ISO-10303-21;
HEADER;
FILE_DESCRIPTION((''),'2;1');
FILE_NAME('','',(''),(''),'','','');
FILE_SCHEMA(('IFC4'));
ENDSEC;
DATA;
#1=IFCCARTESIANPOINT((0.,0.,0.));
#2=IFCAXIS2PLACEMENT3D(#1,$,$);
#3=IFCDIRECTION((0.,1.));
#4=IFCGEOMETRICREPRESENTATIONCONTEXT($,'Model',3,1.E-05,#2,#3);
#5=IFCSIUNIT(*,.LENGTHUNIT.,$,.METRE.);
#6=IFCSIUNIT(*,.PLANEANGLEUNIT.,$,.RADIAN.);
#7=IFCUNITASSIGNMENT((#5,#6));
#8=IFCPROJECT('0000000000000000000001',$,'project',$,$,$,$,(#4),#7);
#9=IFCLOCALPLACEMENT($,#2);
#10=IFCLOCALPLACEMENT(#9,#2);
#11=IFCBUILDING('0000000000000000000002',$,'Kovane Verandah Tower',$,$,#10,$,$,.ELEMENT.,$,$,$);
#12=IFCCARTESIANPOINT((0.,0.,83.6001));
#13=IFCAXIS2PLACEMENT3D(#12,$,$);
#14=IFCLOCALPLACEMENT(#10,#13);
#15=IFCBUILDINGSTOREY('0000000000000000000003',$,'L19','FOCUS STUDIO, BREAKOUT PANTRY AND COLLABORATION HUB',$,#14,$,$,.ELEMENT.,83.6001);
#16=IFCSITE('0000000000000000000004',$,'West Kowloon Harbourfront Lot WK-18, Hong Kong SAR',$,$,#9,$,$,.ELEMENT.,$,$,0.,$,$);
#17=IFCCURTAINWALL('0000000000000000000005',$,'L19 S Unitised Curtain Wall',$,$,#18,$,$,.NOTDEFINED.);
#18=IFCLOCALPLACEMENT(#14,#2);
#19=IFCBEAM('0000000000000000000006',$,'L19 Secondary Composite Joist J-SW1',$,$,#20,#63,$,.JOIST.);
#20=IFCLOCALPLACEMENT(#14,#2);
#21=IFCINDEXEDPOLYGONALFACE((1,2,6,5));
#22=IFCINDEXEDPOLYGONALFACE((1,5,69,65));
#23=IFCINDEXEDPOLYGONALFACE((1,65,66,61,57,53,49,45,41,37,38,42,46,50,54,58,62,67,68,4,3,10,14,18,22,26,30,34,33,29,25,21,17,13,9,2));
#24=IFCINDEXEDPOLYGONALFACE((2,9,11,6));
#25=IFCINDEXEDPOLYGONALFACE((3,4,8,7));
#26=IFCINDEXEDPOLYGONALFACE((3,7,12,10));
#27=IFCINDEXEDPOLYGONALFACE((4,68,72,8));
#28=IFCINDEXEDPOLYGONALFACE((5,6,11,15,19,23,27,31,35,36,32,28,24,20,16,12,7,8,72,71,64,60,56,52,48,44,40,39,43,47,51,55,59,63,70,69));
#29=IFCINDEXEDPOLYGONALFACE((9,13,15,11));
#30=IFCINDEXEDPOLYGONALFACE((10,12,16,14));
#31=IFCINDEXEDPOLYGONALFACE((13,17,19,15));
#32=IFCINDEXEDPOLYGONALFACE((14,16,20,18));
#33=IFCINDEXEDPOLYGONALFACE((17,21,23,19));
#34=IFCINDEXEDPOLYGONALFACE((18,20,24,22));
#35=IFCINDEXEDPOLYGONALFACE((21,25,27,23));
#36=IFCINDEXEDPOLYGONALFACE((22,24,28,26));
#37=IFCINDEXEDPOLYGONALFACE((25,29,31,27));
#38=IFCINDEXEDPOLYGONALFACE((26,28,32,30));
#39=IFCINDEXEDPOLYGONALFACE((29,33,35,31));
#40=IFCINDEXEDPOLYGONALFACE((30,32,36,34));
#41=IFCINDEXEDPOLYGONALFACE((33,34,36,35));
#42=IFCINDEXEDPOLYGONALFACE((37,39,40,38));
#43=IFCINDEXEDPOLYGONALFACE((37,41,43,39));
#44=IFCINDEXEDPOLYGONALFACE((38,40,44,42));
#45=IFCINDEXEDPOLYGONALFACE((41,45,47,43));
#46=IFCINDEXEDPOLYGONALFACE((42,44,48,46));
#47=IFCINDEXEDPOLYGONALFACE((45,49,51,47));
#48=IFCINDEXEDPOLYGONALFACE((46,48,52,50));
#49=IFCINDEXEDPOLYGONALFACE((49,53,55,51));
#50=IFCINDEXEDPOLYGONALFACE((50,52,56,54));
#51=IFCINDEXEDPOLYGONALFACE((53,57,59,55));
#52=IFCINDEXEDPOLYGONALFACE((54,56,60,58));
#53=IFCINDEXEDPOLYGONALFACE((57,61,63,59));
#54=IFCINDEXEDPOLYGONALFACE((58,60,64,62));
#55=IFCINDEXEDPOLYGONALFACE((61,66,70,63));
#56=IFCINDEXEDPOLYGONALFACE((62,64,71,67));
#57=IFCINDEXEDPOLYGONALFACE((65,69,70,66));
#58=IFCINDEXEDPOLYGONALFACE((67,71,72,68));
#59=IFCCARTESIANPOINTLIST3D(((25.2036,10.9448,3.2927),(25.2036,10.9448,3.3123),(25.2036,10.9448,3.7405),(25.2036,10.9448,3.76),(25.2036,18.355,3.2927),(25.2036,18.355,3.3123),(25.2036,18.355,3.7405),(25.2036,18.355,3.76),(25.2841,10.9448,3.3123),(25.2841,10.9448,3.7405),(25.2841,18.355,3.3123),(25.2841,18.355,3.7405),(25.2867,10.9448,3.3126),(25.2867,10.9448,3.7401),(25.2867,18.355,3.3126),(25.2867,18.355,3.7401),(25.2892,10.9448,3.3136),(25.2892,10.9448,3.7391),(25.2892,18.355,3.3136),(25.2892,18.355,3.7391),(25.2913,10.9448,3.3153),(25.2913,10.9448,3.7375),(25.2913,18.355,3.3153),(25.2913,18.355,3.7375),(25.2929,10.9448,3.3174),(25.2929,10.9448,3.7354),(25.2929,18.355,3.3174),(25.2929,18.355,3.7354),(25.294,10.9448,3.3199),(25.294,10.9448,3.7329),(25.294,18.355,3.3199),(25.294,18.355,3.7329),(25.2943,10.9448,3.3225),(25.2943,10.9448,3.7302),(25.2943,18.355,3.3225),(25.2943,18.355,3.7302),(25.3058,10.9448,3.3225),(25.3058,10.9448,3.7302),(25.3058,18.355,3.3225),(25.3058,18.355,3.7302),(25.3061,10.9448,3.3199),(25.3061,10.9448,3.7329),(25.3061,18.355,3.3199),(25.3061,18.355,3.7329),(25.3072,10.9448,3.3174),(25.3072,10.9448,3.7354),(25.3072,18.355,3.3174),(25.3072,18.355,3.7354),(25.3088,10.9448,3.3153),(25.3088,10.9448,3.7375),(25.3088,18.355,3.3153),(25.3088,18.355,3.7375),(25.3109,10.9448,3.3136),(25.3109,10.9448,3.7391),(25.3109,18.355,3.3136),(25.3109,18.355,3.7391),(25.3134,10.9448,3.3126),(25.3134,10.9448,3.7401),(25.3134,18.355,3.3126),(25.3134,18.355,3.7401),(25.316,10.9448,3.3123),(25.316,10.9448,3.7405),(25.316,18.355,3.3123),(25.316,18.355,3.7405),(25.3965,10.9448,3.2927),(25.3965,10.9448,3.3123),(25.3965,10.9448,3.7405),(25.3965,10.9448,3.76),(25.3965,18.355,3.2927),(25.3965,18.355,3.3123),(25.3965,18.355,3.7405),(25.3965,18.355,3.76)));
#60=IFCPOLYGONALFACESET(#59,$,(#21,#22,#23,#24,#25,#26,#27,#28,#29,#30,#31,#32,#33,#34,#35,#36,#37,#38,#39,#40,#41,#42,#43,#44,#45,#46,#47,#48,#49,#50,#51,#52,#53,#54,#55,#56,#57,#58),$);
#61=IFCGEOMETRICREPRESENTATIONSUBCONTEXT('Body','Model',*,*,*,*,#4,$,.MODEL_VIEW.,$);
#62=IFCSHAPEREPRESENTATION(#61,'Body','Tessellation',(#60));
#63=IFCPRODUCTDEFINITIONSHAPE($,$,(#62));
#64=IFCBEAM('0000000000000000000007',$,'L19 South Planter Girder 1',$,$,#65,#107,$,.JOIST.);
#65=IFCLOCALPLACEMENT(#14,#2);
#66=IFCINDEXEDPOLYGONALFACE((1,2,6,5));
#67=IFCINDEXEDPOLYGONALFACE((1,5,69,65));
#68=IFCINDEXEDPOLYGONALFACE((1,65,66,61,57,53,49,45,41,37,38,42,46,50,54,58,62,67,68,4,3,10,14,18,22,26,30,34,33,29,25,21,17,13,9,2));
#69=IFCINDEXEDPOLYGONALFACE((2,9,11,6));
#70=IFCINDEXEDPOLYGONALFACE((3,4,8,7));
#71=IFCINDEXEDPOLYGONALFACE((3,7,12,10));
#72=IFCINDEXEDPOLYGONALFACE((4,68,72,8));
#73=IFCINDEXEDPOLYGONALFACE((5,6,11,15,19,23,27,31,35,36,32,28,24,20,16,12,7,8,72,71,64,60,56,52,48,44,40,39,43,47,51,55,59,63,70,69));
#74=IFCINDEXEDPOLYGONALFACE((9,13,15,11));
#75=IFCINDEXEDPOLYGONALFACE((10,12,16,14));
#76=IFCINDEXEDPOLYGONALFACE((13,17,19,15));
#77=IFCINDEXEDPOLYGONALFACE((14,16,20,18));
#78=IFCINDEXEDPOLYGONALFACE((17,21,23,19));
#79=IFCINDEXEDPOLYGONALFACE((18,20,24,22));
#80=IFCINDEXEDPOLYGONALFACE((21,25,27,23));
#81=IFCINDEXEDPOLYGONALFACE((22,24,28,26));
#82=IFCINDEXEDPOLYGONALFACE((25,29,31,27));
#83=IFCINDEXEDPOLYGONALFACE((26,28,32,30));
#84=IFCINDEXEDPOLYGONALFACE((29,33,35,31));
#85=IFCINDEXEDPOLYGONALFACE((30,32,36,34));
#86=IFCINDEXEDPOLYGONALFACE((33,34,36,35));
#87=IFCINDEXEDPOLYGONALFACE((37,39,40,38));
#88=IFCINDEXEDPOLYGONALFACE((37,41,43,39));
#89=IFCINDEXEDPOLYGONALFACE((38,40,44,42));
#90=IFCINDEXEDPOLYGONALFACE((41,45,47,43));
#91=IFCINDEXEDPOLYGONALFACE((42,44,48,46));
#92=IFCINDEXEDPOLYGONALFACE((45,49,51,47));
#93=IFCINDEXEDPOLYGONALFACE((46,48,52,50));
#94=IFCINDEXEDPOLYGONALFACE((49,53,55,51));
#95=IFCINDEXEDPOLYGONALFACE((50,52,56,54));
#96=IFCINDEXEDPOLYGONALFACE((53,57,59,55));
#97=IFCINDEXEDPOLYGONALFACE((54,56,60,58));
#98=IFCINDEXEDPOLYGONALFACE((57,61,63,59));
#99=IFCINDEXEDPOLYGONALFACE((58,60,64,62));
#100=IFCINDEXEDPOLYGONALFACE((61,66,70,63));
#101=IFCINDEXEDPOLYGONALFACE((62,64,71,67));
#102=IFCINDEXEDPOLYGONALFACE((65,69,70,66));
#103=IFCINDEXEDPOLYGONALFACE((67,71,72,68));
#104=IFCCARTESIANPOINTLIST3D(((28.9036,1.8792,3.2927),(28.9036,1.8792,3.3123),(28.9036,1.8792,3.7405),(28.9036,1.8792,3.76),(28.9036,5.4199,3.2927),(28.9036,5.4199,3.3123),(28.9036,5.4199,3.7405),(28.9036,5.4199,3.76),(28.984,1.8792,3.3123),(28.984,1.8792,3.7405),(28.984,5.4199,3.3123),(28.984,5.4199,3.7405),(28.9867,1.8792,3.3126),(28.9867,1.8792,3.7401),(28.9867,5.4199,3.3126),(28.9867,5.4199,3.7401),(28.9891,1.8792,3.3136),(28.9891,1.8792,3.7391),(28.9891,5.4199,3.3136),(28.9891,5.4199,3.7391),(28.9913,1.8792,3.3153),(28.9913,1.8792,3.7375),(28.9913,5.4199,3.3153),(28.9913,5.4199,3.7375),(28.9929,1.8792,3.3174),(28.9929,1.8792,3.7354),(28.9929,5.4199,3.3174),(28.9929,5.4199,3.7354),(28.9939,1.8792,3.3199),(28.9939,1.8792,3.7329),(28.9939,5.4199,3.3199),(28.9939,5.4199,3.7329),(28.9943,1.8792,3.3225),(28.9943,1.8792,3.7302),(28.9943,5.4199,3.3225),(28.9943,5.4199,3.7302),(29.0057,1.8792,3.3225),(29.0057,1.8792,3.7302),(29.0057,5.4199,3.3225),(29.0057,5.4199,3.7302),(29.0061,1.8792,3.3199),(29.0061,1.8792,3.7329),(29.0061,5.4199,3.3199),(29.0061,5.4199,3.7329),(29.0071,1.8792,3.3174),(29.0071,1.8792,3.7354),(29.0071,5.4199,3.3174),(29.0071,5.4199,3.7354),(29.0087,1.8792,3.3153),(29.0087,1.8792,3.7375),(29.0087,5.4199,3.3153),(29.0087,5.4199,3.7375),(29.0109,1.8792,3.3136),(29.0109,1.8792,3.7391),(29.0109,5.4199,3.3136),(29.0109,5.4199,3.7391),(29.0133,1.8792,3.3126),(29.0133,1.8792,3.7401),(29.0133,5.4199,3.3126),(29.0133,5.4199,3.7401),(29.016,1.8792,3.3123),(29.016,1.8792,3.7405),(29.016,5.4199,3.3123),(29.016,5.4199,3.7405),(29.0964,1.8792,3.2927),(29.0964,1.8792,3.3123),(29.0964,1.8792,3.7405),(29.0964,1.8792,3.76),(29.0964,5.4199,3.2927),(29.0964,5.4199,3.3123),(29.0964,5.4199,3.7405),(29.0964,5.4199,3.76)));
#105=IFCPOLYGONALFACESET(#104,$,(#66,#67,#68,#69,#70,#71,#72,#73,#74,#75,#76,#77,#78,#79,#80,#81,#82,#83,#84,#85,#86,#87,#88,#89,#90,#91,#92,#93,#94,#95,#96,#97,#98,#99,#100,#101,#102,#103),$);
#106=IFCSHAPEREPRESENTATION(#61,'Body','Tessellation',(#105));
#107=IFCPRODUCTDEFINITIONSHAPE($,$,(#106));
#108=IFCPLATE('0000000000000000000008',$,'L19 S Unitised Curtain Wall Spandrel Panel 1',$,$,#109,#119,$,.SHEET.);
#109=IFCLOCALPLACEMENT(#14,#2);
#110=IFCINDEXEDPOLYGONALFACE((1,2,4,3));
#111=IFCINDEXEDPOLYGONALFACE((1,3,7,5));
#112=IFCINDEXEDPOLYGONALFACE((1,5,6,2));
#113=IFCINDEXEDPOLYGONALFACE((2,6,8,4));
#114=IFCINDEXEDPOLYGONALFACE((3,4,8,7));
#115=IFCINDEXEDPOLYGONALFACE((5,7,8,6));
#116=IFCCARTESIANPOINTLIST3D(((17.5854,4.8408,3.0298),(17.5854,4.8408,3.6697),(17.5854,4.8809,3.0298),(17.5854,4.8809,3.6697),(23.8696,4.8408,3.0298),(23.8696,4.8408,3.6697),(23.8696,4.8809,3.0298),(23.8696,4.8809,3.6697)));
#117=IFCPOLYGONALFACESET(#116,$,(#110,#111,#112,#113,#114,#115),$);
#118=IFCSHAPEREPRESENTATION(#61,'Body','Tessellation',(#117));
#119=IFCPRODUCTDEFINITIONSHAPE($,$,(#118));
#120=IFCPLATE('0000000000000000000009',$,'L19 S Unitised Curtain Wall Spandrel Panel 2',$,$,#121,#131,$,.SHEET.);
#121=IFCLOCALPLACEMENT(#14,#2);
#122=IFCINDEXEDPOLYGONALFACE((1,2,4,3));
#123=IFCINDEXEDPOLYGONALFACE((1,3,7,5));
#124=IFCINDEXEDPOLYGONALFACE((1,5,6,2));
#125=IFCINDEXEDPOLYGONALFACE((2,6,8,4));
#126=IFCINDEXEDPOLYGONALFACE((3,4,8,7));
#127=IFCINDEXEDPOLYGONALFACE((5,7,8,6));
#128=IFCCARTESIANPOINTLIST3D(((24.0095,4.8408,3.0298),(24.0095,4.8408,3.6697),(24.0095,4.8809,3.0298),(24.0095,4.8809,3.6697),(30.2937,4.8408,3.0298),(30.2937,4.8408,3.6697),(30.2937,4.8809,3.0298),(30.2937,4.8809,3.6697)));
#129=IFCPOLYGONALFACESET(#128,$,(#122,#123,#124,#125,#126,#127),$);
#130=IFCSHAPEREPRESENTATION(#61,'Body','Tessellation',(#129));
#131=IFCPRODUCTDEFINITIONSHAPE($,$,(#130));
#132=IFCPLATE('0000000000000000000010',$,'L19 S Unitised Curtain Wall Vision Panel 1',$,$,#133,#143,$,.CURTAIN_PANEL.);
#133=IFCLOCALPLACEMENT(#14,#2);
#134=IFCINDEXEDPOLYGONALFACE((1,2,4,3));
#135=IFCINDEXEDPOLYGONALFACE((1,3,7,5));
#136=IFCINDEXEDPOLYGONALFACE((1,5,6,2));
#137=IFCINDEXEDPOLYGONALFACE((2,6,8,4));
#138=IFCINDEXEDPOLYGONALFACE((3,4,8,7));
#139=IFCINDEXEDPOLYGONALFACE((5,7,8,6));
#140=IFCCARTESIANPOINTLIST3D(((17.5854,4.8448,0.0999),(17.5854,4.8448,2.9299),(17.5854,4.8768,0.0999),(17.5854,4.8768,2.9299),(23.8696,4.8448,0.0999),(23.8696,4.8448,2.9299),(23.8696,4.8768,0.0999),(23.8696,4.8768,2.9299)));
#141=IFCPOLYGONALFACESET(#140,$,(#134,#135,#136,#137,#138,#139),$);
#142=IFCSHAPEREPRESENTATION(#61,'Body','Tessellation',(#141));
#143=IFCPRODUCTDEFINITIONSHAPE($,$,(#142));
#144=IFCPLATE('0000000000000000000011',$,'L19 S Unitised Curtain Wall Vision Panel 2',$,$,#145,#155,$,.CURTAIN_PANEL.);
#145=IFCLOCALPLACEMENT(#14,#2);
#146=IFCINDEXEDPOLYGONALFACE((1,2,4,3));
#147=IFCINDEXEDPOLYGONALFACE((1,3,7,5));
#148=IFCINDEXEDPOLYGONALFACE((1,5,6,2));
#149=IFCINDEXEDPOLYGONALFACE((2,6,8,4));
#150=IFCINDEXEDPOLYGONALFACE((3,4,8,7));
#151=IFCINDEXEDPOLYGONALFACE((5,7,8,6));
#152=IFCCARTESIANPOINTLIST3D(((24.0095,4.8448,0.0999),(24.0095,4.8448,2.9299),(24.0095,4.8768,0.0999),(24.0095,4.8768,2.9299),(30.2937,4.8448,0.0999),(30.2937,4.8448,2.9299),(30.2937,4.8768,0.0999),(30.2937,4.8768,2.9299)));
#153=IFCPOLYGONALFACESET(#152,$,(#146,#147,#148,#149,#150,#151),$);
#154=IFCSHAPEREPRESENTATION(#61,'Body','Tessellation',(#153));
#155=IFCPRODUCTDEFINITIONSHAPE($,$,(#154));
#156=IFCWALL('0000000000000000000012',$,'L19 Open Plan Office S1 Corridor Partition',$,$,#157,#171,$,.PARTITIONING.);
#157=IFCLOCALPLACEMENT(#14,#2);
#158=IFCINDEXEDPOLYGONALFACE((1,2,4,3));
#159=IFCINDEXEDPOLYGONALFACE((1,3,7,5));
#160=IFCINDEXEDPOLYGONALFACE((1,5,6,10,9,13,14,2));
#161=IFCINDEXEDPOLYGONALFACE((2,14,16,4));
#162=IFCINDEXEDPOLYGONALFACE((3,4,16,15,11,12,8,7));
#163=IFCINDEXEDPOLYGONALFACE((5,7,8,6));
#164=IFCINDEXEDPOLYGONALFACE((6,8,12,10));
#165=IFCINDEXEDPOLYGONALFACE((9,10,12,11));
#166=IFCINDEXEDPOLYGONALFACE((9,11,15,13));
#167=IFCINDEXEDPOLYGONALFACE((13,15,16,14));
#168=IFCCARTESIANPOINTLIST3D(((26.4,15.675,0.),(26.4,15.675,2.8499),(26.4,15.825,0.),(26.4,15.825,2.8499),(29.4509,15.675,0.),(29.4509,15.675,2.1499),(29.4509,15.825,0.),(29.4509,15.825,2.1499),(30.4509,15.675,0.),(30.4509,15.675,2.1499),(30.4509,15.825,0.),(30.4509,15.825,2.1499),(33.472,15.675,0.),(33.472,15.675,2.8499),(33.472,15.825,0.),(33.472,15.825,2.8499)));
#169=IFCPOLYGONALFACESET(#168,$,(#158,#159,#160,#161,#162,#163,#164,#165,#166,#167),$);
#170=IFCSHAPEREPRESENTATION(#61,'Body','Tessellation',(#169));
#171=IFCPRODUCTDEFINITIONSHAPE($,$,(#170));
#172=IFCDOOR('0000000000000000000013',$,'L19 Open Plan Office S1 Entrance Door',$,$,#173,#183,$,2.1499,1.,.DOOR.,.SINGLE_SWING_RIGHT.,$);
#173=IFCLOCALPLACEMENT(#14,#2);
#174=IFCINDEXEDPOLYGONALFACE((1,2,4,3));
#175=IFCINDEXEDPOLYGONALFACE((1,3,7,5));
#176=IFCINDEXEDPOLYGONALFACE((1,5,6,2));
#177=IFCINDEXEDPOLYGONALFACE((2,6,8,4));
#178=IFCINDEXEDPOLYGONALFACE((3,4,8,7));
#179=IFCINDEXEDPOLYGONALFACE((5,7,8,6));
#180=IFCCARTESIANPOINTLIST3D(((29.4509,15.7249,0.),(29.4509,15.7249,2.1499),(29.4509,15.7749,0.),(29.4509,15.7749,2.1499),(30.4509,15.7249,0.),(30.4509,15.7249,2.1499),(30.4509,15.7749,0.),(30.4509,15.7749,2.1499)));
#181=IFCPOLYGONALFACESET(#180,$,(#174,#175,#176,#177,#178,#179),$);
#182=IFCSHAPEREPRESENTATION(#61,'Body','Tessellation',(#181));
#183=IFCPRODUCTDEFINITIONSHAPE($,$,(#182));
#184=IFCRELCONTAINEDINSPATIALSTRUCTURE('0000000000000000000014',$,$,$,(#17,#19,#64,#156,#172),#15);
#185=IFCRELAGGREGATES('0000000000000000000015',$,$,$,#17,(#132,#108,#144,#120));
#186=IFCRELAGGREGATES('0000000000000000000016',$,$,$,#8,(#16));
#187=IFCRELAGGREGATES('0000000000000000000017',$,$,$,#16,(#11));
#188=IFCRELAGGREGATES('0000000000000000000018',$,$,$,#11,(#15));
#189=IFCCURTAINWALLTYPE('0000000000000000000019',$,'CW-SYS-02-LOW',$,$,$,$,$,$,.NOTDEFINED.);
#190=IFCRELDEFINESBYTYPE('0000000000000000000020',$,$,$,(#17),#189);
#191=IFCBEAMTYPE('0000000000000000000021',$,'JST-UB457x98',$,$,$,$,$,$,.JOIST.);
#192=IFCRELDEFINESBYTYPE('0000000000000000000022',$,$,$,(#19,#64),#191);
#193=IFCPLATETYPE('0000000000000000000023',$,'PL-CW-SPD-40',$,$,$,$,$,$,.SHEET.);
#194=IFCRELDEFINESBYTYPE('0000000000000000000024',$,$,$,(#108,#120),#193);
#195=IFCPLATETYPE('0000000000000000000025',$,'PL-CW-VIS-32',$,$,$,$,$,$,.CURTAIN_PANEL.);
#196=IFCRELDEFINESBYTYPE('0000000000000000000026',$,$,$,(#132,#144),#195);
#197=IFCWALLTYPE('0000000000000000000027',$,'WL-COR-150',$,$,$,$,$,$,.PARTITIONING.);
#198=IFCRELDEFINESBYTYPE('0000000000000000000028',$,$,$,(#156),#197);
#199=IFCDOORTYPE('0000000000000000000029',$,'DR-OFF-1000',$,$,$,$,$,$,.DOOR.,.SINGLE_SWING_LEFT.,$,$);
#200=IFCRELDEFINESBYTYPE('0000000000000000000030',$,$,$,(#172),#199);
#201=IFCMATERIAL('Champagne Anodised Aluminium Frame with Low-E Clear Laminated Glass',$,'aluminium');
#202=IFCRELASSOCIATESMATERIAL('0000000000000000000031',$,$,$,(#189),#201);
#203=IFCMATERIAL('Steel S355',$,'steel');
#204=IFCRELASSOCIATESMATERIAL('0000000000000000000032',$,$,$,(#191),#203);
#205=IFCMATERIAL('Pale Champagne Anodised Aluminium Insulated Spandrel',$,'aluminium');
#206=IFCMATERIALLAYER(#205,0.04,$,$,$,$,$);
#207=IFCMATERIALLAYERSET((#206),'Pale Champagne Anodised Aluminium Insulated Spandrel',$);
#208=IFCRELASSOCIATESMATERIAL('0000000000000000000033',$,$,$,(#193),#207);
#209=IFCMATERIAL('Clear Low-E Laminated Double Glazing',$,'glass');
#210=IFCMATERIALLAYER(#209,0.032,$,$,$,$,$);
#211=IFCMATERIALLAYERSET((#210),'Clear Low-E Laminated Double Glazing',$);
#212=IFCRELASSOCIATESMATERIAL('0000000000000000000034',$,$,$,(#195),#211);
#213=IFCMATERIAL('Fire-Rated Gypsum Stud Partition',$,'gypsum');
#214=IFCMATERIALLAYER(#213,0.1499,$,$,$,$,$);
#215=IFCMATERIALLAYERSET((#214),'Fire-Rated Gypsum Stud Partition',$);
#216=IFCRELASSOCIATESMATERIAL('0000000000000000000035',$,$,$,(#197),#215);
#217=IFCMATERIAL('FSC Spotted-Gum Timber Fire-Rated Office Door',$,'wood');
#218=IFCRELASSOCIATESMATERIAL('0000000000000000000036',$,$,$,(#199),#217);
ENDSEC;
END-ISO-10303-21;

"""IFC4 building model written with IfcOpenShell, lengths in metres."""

from ifc_helpers import new_model, si_unit, direction, frame, frame_2d, origin, origin_2d, place, context, subcontext, project, spatial, rectangle, i_section, extrude, material, layer, layer_set, material_profile, profile_set, type_object, element, fill, aggregate, save


model = new_model("IFC4")

# Units and contexts
model_context = context("Model", 3, precision=1e-05, world=origin(), true_north=direction((0.0, 1.0)))
body_context = subcontext(model_context, "Body", "Model", "MODEL_VIEW")
ifc_project = project(units=[si_unit("LENGTHUNIT", "METRE"), si_unit("PLANEANGLEUNIT", "RADIAN")], contexts=[model_context])

# Site, building, storey
site_placement = place(None, origin())
site = spatial("IfcSite", under=ifc_project, at=site_placement, Name="West Kowloon Harbourfront Lot WK-18, Hong Kong SAR", CompositionType="ELEMENT", RefElevation=0.0)
building_placement = place(site_placement, origin())
building = spatial("IfcBuilding", under=site, at=building_placement, Name="Kovane Verandah Tower", CompositionType="ELEMENT")
storey_placement = place(building_placement, frame((0.0, 0.0, 83.6001)))
storey = spatial("IfcBuildingStorey", under=building, at=storey_placement, Name="L19", Description="FOCUS STUDIO, BREAKOUT PANTRY AND COLLABORATION HUB", CompositionType="ELEMENT", Elevation=83.6001)

# Shared definitions
ifc_material_1 = material(Name="Steel S355", Category="steel")

# Curtain wall
ifc_material_2 = material(Name="Champagne Anodised Aluminium Frame with Low-E Clear Laminated Glass", Category="aluminium")
curtain_wall_type = type_object("IfcCurtainWallType", Name="CW-SYS-02-LOW", PredefinedType="NOTDEFINED", material=ifc_material_2)
curtain_wall_placement = place(storey_placement, origin())
curtain_wall = element("IfcCurtainWall", 1, at=curtain_wall_placement, inside=storey, type_object=curtain_wall_type, Name="L19 S Unitised Curtain Wall", PredefinedType="NOTDEFINED")

# Beams
ifc_material_profile_1 = material_profile(ifc_material_1, i_section(OverallWidth=0.1929, OverallDepth=0.4673, WebThickness=0.0115, FlangeThickness=0.0195, FilletRadius=0.0103, at=origin_2d()), Name="UB457x191x98")
ifc_profile_set_1 = profile_set([ifc_material_profile_1], Name="Steel S355")
beam_type_1 = type_object("IfcBeamType", Name="JST-UB457x98", PredefinedType="JOIST", material=ifc_profile_set_1)
beam_1_placement = place(storey_placement, frame((25.3, 10.9448, 3.5264), z_axis=(0.0, 1.0, 0.0), x_axis=(-1.0, 0.0, 0.0)))
element("IfcBeam", 2, at=beam_1_placement, inside=storey, type_object=beam_type_1, Name="L19 Secondary Composite Joist J-SW1", PredefinedType="JOIST", context=body_context, shape_type="SweptSolid", body=[
    extrude(i_section(OverallWidth=0.1929, OverallDepth=0.4673, WebThickness=0.0115, FlangeThickness=0.0195, FilletRadius=0.0103, at=origin_2d()), origin(), (0.0, 0.0, 1.0), 7.4102),
])
beam_2_placement = place(storey_placement, frame((29.0, 5.4199, 3.5264), z_axis=(0.0, -1.0, 0.0), x_axis=(1.0, 0.0, 0.0)))
element("IfcBeam", 3, at=beam_2_placement, inside=storey, type_object=beam_type_1, Name="L19 South Planter Girder 1", PredefinedType="JOIST", context=body_context, shape_type="SweptSolid", body=[
    extrude(i_section(OverallWidth=0.1929, OverallDepth=0.4673, WebThickness=0.0115, FlangeThickness=0.0195, FilletRadius=0.0103, at=origin_2d()), origin(), (0.0, 0.0, 1.0), 3.5408),
])

# Plates
ifc_material_3 = material(Name="Pale Champagne Anodised Aluminium Insulated Spandrel", Category="aluminium")
ifc_layer_1 = layer(ifc_material_3, 0.04)
ifc_layer_set_1 = layer_set([ifc_layer_1], Name="Pale Champagne Anodised Aluminium Insulated Spandrel")
plate_type_1 = type_object("IfcPlateType", Name="PL-CW-SPD-40", PredefinedType="SHEET", material=ifc_layer_set_1)
plate_1_placement = place(storey_placement, frame((20.7275, 4.8608, 3.0298), z_axis=(0.0, 0.0, 1.0), x_axis=(1.0, 0.0, 0.0)))
plate_1 = element("IfcPlate", 4, at=plate_1_placement, type_object=plate_type_1, Name="L19 S Unitised Curtain Wall Spandrel Panel 1", PredefinedType="SHEET", context=body_context, shape_type="SweptSolid", body=[
    extrude(rectangle(XDim=6.2842, YDim=0.04, at=origin_2d()), origin(), (0.0, 0.0, 1.0), 0.6399),
])
plate_2_placement = place(storey_placement, frame((27.1516, 4.8608, 3.0298), z_axis=(0.0, 0.0, 1.0), x_axis=(1.0, 0.0, 0.0)))
plate_2 = element("IfcPlate", 5, at=plate_2_placement, type_object=plate_type_1, Name="L19 S Unitised Curtain Wall Spandrel Panel 2", PredefinedType="SHEET", context=body_context, shape_type="SweptSolid", body=[
    extrude(rectangle(XDim=6.2842, YDim=0.04, at=origin_2d()), origin(), (0.0, 0.0, 1.0), 0.6399),
])
ifc_material_4 = material(Name="Clear Low-E Laminated Double Glazing", Category="glass")
ifc_layer_2 = layer(ifc_material_4, 0.032)
ifc_layer_set_2 = layer_set([ifc_layer_2], Name="Clear Low-E Laminated Double Glazing")
plate_type_2 = type_object("IfcPlateType", Name="PL-CW-VIS-32", PredefinedType="CURTAIN_PANEL", material=ifc_layer_set_2)
plate_3_placement = place(storey_placement, frame((20.7275, 4.8608, 0.0999), z_axis=(0.0, 0.0, 1.0), x_axis=(1.0, 0.0, 0.0)))
plate_3 = element("IfcPlate", 6, at=plate_3_placement, type_object=plate_type_2, Name="L19 S Unitised Curtain Wall Vision Panel 1", PredefinedType="CURTAIN_PANEL", context=body_context, shape_type="SweptSolid", body=[
    extrude(rectangle(XDim=6.2842, YDim=0.032, at=origin_2d()), origin(), (0.0, 0.0, 1.0), 2.8301),
])
plate_4_placement = place(storey_placement, frame((27.1516, 4.8608, 0.0999), z_axis=(0.0, 0.0, 1.0), x_axis=(1.0, 0.0, 0.0)))
plate_4 = element("IfcPlate", 7, at=plate_4_placement, type_object=plate_type_2, Name="L19 S Unitised Curtain Wall Vision Panel 2", PredefinedType="CURTAIN_PANEL", context=body_context, shape_type="SweptSolid", body=[
    extrude(rectangle(XDim=6.2842, YDim=0.032, at=origin_2d()), origin(), (0.0, 0.0, 1.0), 2.8301),
])
aggregate(curtain_wall, [plate_3, plate_1, plate_4, plate_2])

# Wall, opening, door
ifc_material_5 = material(Name="Fire-Rated Gypsum Stud Partition", Category="gypsum")
ifc_layer_3 = layer(ifc_material_5, 0.1499)
ifc_layer_set_3 = layer_set([ifc_layer_3], Name="Fire-Rated Gypsum Stud Partition")
wall_type = type_object("IfcWallType", Name="WL-COR-150", PredefinedType="PARTITIONING", material=ifc_layer_set_3)
wall_1_placement = place(storey_placement, frame((26.3999, 15.75, 0.0), z_axis=(0.0, 0.0, 1.0), x_axis=(1.0, 0.0, 0.0)))
wall_1 = element("IfcWall", 8, at=wall_1_placement, inside=storey, type_object=wall_type, Name="L19 Open Plan Office S1 Corridor Partition", PredefinedType="PARTITIONING", context=body_context, shape_type="SweptSolid", body=[
    extrude(rectangle(XDim=7.072, YDim=0.1499, at=frame_2d((3.5361, 0.0))), origin(), (0.0, 0.0, 1.0), 2.8499),
])
opening_1_placement = place(wall_1_placement, frame((3.051, 0.0, 0.0)))
opening_1 = element("IfcOpeningElement", 9, at=opening_1_placement, cuts=wall_1, PredefinedType="OPENING", context=body_context, shape_type="SweptSolid", body=[
    extrude(rectangle(XDim=1.0, YDim=2.1499, at=frame_2d((0.5, 1.075))), frame((0.0, 0.075, 0.0), z_axis=(0.0, -1.0, 0.0), x_axis=(1.0, 0.0, 0.0)), (0.0, 0.0, 1.0), 0.1499),
])
ifc_material_6 = material(Name="FSC Spotted-Gum Timber Fire-Rated Office Door", Category="wood")
door_type = type_object("IfcDoorType", Name="DR-OFF-1000", OperationType="SINGLE_SWING_LEFT", PredefinedType="DOOR", material=ifc_material_6)
door_1_placement = place(opening_1_placement, origin())
door_1 = element("IfcDoor", 10, at=door_1_placement, inside=storey, type_object=door_type, Name="L19 Open Plan Office S1 Entrance Door", OperationType="SINGLE_SWING_RIGHT", OverallHeight=2.1499, OverallWidth=1.0, PredefinedType="DOOR", context=body_context, shape_type="SweptSolid", body=[
    extrude(rectangle(XDim=1.0, YDim=2.1499, at=frame_2d((0.5, 1.075))), frame((0.0, 0.0249, 0.0), z_axis=(0.0, -1.0, 0.0), x_axis=(1.0, 0.0, 0.0)), (0.0, 0.0, 1.0), 0.05),
])
fill(opening_1, door_1)

save(model, "model.ifc")
